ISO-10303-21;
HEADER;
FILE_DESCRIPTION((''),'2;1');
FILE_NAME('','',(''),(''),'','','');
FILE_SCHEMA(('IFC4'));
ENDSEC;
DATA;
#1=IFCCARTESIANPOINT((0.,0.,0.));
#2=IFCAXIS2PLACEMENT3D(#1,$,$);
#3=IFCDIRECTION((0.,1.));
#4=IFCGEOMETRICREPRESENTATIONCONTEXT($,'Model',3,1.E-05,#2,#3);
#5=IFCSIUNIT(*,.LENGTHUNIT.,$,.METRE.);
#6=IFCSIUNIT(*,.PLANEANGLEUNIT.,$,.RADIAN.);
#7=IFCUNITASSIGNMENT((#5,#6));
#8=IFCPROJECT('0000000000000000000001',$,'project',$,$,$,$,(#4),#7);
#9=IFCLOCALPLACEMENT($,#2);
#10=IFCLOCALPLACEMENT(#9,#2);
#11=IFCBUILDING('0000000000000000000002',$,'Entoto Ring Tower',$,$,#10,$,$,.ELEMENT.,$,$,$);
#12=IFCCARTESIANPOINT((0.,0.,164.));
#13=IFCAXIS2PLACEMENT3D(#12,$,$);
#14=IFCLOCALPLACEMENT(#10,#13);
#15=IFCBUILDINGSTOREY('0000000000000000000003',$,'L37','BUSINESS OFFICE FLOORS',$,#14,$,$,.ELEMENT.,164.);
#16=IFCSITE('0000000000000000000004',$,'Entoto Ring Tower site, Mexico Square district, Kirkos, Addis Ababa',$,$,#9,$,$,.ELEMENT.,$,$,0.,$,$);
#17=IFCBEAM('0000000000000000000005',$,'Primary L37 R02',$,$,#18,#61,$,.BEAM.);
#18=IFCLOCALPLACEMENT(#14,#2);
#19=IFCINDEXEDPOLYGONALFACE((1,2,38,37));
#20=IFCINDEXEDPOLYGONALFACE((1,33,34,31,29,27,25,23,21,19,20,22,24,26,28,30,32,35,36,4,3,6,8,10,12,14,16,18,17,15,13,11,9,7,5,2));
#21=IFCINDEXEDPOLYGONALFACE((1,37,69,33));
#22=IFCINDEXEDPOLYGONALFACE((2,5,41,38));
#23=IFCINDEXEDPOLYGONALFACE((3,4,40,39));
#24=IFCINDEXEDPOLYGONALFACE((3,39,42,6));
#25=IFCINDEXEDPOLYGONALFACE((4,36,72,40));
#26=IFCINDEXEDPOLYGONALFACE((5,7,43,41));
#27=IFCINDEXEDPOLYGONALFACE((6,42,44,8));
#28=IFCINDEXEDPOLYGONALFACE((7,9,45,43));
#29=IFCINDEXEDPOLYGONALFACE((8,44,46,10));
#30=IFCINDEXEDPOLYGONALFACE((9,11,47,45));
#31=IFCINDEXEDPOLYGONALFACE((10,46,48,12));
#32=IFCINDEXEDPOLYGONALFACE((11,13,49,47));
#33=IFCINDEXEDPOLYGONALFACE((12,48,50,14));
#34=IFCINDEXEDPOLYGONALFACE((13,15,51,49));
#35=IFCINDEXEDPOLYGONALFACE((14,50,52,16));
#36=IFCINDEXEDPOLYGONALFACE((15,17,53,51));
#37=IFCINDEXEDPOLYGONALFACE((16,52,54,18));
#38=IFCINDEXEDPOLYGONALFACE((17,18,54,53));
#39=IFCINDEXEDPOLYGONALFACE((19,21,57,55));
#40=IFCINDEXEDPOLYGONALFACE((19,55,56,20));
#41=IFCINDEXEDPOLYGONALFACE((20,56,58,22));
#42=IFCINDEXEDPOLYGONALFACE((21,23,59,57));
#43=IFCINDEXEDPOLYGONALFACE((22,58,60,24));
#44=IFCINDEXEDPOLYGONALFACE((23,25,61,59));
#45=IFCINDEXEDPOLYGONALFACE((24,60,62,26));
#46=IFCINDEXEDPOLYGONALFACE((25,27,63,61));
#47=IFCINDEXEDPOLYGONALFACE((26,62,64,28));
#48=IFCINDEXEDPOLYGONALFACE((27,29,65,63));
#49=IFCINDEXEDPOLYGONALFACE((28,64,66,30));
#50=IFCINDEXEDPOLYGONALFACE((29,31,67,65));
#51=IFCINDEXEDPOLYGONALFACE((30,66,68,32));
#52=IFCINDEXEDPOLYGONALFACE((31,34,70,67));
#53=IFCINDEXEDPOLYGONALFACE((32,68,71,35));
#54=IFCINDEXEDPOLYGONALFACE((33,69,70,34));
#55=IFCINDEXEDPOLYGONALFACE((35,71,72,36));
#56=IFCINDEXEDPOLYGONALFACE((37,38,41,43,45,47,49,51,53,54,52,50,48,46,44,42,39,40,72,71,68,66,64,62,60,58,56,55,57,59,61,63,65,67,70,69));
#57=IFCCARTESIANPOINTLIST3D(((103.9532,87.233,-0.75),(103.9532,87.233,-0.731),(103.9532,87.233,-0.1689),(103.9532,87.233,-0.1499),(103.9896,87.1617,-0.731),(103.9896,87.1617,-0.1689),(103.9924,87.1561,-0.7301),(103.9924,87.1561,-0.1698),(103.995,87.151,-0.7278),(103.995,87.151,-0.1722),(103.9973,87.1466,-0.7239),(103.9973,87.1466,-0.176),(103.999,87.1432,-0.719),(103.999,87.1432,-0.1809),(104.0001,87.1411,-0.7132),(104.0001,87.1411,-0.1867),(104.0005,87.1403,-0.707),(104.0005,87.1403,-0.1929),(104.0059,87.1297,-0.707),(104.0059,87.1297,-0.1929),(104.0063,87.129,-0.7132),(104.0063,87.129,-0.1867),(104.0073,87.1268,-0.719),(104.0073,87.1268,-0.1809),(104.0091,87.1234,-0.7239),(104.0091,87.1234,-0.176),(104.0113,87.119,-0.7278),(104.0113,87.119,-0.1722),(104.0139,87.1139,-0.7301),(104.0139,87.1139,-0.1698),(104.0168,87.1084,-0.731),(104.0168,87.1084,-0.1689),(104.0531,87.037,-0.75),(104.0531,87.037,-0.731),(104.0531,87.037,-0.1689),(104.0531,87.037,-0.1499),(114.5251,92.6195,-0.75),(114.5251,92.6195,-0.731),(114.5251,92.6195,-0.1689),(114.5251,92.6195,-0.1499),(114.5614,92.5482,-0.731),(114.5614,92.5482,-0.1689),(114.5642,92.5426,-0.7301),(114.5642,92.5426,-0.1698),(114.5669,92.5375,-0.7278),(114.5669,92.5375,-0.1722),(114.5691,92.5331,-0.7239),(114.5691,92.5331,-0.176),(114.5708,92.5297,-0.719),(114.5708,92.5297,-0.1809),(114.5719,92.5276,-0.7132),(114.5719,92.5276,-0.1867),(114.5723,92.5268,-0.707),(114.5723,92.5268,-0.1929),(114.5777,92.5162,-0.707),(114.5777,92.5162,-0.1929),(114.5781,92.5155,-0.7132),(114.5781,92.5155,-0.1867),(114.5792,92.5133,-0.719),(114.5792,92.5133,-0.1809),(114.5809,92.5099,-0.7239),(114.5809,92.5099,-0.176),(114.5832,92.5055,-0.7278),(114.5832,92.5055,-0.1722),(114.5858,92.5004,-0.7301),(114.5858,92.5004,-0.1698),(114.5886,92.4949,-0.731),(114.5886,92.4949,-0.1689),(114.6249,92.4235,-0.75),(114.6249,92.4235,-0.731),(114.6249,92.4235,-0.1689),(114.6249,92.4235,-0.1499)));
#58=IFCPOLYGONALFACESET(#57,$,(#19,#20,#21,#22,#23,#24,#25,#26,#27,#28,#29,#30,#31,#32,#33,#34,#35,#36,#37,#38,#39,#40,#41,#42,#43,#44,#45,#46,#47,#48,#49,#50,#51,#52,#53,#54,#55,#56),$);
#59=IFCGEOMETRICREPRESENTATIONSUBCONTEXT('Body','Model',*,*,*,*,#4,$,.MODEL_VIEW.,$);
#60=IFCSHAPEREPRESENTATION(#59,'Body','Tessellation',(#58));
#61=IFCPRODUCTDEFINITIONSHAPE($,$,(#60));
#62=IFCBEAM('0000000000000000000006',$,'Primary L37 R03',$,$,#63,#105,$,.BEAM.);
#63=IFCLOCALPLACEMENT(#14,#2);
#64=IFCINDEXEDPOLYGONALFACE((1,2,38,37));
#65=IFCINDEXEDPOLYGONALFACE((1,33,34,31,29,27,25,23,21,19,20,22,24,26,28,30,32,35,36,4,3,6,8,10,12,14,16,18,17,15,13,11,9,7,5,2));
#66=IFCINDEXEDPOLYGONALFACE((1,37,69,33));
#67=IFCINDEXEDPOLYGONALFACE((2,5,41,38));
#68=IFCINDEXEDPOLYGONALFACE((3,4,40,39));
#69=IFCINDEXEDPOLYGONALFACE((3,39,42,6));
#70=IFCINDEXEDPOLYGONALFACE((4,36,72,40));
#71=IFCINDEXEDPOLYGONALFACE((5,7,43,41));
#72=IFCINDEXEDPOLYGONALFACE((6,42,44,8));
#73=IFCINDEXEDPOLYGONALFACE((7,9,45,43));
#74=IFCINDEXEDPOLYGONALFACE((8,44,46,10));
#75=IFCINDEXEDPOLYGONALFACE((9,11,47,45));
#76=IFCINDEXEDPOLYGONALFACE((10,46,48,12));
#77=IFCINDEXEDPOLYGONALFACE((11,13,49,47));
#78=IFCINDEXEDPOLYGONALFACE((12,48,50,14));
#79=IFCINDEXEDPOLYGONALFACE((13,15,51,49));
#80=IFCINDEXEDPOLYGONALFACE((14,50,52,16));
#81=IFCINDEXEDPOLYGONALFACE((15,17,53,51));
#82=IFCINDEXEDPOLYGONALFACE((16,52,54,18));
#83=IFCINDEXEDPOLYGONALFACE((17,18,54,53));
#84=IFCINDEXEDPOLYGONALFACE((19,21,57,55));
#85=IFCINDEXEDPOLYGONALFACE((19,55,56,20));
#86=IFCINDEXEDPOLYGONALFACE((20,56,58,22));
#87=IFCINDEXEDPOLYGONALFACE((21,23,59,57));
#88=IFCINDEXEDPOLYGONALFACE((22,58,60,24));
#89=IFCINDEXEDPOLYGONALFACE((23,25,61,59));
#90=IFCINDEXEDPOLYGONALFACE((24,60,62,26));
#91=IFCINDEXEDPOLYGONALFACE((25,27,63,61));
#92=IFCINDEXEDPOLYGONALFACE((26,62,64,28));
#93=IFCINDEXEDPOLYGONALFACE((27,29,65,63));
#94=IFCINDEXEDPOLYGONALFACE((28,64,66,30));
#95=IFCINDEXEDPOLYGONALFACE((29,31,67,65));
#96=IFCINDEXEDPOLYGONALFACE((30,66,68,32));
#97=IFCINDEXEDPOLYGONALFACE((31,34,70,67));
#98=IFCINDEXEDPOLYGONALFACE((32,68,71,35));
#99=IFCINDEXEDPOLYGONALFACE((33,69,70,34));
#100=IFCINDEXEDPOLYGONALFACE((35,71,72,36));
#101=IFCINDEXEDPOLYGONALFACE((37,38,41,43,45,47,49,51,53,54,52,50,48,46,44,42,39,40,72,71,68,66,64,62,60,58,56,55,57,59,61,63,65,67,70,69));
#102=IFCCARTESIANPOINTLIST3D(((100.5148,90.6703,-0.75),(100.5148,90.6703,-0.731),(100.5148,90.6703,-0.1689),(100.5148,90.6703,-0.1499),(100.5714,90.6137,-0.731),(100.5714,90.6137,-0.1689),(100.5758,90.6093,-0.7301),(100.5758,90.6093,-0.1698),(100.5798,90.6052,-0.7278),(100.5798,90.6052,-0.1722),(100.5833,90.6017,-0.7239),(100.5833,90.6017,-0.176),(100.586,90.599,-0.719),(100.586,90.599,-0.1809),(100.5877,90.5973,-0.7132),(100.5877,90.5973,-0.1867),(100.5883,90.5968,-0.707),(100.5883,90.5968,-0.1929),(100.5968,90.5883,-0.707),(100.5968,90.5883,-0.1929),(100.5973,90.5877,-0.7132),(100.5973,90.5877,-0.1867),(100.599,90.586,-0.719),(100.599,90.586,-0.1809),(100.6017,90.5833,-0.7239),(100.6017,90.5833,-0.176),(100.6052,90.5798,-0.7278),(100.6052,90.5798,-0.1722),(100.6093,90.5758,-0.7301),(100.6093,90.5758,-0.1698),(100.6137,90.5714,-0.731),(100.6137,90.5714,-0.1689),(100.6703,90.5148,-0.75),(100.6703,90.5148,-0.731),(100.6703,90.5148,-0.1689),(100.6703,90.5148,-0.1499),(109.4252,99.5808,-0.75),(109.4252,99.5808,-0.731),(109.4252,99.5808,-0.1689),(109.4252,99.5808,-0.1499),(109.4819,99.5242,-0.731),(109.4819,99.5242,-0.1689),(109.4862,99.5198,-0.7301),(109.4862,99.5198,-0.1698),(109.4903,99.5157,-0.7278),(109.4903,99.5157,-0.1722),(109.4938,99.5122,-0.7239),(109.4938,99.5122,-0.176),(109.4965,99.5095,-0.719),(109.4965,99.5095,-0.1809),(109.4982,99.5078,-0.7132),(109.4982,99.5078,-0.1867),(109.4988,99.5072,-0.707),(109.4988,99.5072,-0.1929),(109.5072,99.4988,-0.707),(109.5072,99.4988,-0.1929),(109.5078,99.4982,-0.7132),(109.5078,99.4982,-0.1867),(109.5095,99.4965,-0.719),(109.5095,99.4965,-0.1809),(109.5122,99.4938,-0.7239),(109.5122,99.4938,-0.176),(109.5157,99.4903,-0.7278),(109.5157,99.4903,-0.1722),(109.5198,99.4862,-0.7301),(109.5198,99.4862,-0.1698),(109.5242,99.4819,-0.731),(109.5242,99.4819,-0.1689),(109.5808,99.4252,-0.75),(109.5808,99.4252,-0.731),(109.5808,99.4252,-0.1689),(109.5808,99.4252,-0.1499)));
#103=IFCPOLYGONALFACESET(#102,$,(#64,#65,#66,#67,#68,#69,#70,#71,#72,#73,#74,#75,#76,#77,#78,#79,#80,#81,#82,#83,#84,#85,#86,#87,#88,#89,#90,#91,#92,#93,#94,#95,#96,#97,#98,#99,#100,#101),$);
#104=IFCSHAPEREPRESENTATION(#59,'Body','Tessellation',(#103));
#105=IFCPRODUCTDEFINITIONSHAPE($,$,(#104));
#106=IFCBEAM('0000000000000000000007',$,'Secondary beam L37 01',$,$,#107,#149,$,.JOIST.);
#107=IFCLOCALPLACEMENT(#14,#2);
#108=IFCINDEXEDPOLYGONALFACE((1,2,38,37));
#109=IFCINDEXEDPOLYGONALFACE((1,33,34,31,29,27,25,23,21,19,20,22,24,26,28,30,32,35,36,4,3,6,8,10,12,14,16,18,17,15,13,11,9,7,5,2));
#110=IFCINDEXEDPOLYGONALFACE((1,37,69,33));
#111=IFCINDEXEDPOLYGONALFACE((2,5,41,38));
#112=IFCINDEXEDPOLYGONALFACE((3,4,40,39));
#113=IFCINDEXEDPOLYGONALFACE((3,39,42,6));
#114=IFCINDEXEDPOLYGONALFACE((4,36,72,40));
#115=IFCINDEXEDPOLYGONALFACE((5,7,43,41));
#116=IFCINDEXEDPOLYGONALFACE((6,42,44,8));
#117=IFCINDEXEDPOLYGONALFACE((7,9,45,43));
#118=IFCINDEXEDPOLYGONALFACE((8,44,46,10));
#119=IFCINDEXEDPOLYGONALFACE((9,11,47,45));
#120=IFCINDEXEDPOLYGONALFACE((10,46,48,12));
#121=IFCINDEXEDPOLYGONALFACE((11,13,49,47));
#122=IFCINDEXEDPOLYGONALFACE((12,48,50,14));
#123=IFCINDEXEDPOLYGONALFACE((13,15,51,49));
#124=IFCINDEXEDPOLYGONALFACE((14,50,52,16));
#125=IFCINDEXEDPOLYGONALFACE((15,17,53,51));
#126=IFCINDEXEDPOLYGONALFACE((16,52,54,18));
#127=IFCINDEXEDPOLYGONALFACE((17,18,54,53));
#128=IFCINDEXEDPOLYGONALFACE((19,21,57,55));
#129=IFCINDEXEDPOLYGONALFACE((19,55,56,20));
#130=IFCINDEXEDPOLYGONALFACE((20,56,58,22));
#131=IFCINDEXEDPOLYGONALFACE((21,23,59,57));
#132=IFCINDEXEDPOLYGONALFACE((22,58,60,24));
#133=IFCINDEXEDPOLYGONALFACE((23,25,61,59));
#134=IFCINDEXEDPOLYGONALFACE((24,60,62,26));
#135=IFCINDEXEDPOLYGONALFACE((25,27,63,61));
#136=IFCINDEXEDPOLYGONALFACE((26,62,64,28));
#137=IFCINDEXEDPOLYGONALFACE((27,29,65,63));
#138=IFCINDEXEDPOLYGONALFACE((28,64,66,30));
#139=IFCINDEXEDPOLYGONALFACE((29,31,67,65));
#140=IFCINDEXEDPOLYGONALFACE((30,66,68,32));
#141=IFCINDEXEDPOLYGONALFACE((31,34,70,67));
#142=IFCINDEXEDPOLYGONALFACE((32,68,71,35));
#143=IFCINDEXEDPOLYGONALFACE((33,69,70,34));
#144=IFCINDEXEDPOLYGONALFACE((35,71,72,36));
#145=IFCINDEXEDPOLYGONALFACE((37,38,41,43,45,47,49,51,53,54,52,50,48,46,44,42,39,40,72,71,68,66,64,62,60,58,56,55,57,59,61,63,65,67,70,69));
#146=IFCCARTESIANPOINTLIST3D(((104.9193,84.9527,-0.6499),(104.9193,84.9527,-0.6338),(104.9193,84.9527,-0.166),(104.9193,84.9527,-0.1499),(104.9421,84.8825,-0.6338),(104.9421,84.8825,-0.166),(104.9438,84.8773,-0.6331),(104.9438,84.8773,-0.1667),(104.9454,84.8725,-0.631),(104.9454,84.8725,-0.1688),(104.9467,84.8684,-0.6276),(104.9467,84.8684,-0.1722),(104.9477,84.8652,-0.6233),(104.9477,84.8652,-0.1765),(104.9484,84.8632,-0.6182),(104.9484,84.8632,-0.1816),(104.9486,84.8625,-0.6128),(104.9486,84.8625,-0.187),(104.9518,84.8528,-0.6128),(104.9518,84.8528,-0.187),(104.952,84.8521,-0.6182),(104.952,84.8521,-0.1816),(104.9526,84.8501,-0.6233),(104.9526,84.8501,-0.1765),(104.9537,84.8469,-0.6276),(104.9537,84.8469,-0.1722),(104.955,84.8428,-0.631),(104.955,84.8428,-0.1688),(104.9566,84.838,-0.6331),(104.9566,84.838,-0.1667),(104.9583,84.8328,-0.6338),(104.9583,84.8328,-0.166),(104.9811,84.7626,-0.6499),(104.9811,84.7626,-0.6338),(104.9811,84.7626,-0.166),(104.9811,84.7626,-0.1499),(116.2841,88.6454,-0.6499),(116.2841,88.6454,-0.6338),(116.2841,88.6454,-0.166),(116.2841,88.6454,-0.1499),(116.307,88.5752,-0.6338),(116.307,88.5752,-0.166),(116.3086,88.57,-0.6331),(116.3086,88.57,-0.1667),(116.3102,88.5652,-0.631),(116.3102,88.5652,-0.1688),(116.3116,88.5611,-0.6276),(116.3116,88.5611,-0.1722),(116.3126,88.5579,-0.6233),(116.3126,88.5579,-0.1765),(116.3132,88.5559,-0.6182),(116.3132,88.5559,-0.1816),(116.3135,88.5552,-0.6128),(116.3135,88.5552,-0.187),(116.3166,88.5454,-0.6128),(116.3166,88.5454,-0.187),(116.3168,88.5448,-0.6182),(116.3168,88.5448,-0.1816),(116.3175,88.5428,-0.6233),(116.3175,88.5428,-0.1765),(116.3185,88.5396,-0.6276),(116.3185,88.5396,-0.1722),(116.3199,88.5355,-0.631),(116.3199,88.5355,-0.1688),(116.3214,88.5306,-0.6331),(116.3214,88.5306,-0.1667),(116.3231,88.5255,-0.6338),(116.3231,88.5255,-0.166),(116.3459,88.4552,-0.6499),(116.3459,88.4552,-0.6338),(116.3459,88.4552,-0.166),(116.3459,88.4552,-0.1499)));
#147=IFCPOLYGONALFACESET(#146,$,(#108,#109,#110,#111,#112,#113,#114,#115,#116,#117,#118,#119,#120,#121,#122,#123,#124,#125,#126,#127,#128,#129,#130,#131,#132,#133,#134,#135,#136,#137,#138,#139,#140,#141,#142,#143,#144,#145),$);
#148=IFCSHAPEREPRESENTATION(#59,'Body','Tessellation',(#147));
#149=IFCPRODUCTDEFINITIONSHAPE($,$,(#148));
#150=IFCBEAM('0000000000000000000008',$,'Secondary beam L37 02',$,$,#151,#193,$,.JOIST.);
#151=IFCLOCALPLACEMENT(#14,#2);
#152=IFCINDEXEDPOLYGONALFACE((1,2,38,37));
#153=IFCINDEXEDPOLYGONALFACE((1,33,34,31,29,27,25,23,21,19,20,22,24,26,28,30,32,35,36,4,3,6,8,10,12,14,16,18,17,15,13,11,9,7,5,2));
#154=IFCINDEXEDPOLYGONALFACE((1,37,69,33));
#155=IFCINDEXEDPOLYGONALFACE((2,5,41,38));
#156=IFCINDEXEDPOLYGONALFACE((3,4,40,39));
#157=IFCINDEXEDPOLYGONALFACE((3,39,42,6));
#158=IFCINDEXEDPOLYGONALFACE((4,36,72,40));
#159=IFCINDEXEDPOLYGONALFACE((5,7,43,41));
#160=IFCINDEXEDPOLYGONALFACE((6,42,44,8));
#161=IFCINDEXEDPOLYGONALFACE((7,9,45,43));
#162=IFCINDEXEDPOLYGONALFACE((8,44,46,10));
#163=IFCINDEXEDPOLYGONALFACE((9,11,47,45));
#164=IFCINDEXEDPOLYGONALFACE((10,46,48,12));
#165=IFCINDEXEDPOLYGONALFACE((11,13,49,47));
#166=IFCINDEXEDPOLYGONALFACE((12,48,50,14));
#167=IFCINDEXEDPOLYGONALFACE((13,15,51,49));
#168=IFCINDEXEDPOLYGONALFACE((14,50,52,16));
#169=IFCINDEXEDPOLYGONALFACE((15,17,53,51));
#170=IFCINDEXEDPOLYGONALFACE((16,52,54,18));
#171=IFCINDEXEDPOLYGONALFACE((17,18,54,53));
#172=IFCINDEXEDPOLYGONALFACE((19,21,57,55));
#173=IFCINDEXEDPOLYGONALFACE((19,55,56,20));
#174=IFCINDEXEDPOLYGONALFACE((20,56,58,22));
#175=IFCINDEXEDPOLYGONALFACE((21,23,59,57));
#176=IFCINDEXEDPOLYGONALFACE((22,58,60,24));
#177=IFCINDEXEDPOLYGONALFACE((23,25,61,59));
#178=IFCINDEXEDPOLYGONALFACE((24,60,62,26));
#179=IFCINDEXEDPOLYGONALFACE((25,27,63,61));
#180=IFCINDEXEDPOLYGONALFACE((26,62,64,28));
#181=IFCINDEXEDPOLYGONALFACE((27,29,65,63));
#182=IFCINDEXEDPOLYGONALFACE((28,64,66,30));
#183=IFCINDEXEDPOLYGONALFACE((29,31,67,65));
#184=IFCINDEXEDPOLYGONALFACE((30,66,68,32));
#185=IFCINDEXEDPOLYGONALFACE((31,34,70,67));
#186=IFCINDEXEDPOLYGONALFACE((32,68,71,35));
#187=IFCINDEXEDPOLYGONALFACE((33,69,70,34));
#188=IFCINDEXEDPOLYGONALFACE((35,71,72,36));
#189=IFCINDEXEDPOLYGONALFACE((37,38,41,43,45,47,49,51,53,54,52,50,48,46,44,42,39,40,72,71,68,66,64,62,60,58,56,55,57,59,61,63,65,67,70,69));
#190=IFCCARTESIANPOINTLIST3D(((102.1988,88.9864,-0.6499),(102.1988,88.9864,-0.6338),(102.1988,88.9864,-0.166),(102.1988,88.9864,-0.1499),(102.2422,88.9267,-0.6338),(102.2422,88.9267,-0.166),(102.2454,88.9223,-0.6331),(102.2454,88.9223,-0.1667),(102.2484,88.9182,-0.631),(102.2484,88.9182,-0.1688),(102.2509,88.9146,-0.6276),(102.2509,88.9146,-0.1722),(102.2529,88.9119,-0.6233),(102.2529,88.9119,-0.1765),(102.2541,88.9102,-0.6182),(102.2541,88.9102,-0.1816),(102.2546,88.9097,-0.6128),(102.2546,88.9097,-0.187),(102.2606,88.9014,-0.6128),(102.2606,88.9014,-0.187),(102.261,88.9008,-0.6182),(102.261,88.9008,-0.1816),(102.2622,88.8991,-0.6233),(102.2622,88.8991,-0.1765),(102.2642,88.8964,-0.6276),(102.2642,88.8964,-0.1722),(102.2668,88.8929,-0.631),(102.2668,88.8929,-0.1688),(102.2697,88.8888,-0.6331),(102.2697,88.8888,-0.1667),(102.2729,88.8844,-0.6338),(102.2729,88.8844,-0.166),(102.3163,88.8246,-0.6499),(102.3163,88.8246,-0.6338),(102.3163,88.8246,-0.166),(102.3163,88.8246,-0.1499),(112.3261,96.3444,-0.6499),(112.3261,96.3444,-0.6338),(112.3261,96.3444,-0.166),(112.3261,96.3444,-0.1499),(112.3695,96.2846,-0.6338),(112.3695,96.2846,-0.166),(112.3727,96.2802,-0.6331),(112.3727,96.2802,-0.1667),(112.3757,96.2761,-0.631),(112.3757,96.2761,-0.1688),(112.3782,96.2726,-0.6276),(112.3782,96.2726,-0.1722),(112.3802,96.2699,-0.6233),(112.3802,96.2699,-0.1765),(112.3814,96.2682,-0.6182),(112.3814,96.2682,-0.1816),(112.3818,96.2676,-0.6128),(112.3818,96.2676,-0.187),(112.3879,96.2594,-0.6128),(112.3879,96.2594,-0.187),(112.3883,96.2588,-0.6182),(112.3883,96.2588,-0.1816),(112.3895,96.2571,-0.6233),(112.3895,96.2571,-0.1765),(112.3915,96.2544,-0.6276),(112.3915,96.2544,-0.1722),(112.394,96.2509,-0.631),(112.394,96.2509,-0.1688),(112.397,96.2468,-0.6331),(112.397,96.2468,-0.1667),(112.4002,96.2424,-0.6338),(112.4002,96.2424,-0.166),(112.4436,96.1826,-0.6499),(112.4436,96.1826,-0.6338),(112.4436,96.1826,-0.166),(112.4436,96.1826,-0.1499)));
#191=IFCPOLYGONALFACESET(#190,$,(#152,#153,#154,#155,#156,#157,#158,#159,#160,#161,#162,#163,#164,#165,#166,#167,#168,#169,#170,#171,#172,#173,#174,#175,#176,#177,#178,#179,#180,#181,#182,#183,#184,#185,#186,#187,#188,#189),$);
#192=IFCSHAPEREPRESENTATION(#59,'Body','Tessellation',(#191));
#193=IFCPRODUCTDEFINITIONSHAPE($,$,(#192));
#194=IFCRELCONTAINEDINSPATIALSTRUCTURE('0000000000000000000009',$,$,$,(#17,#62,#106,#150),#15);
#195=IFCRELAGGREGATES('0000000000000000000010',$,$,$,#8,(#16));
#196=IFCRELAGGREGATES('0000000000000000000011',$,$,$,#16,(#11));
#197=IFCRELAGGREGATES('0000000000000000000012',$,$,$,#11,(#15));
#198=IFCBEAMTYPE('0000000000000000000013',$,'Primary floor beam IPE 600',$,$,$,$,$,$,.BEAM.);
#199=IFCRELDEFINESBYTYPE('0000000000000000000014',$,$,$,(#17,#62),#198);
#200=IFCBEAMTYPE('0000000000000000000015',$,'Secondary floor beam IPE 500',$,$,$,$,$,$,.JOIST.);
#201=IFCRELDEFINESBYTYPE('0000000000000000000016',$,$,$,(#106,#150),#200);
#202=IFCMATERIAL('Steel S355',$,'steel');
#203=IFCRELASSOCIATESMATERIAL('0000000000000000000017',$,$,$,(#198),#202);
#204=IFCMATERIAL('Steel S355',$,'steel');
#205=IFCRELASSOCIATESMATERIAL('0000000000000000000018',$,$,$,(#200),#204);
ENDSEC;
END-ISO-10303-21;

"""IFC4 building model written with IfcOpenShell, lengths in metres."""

from ifc_helpers import new_model, si_unit, direction, frame, origin, origin_2d, place, context, subcontext, project, spatial, i_section, extrude, material, material_profile, profile_set, type_object, element, save


model = new_model("IFC4")

# Units and contexts
model_context = context("Model", 3, precision=1e-05, world=origin(), true_north=direction((0.0, 1.0)))
body_context = subcontext(model_context, "Body", "Model", "MODEL_VIEW")
ifc_project = project(units=[si_unit("LENGTHUNIT", "METRE"), si_unit("PLANEANGLEUNIT", "RADIAN")], contexts=[model_context])

# Site, building, storey
site_placement = place(None, origin())
site = spatial("IfcSite", under=ifc_project, at=site_placement, Name="Entoto Ring Tower site, Mexico Square district, Kirkos, Addis Ababa", CompositionType="ELEMENT", RefElevation=0.0)
building_placement = place(site_placement, origin())
building = spatial("IfcBuilding", under=site, at=building_placement, Name="Entoto Ring Tower", CompositionType="ELEMENT")
storey_placement = place(building_placement, frame((0.0, 0.0, 164.0)))
storey = spatial("IfcBuildingStorey", under=building, at=storey_placement, Name="L37", Description="BUSINESS OFFICE FLOORS", CompositionType="ELEMENT", Elevation=164.0)

# Beams
ifc_material_1 = material(Name="Steel S355", Category="steel")
ifc_material_profile_1 = material_profile(ifc_material_1, i_section(OverallWidth=0.22, OverallDepth=0.6001, WebThickness=0.012, FlangeThickness=0.019, FilletRadius=0.0239, at=origin_2d()), Name="IPE 600")
ifc_profile_set_1 = profile_set([ifc_material_profile_1], Name="Steel S355")
beam_type_1 = type_object("IfcBeamType", Name="Primary floor beam IPE 600", PredefinedType="BEAM", material=ifc_profile_set_1)
beam_1_placement = place(storey_placement, frame((104.0032, 87.135, -0.45), z_axis=(0.89101, 0.453983, 0.0), x_axis=(-0.453983, 0.89101, 0.0)))
element("IfcBeam", 1, at=beam_1_placement, inside=storey, type_object=beam_type_1, Name="Primary L37 R02", PredefinedType="BEAM", context=body_context, shape_type="SweptSolid", body=[
    extrude(i_section(OverallWidth=0.22, OverallDepth=0.6001, WebThickness=0.012, FlangeThickness=0.019, FilletRadius=0.0239, at=origin_2d()), origin(), (0.0, 0.0, 1.0), 11.865),
])
beam_2_placement = place(storey_placement, frame((100.5925, 90.5925, -0.45), z_axis=(0.707107, 0.707107, 0.0), x_axis=(-0.707107, 0.707107, 0.0)))
element("IfcBeam", 2, at=beam_2_placement, inside=storey, type_object=beam_type_1, Name="Primary L37 R03", PredefinedType="BEAM", context=body_context, shape_type="SweptSolid", body=[
    extrude(i_section(OverallWidth=0.22, OverallDepth=0.6001, WebThickness=0.012, FlangeThickness=0.019, FilletRadius=0.0239, at=origin_2d()), origin(), (0.0, 0.0, 1.0), 12.6013),
])
ifc_material_2 = material(Name="Steel S355", Category="steel")
ifc_material_profile_2 = material_profile(ifc_material_2, i_section(OverallWidth=0.2, OverallDepth=0.5, WebThickness=0.0103, FlangeThickness=0.0161, FilletRadius=0.021, at=origin_2d()), Name="IPE 500")
ifc_profile_set_2 = profile_set([ifc_material_profile_2], Name="Steel S355")
beam_type_2 = type_object("IfcBeamType", Name="Secondary floor beam IPE 500", PredefinedType="JOIST", material=ifc_profile_set_2)
beam_3_placement = place(storey_placement, frame((104.9502, 84.8577, -0.3999), z_axis=(0.951057, 0.309017, 0.0), x_axis=(-0.309017, 0.951057, 0.0)))
element("IfcBeam", 3, at=beam_3_placement, inside=storey, type_object=beam_type_2, Name="Secondary beam L37 01", PredefinedType="JOIST", context=body_context, shape_type="SweptSolid", body=[
    extrude(i_section(OverallWidth=0.2, OverallDepth=0.5, WebThickness=0.0103, FlangeThickness=0.0161, FilletRadius=0.021, at=origin_2d()), origin(), (0.0, 0.0, 1.0), 11.9497),
])
beam_4_placement = place(storey_placement, frame((102.2576, 88.9055, -0.3999), z_axis=(0.809014, 0.587789, 0.0), x_axis=(-0.587789, 0.809014, 0.0)))
element("IfcBeam", 4, at=beam_4_placement, inside=storey, type_object=beam_type_2, Name="Secondary beam L37 02", PredefinedType="JOIST", context=body_context, shape_type="SweptSolid", body=[
    extrude(i_section(OverallWidth=0.2, OverallDepth=0.5, WebThickness=0.0103, FlangeThickness=0.0161, FilletRadius=0.021, at=origin_2d()), origin(), (0.0, 0.0, 1.0), 12.5181),
])

save(model, "model.ifc")
